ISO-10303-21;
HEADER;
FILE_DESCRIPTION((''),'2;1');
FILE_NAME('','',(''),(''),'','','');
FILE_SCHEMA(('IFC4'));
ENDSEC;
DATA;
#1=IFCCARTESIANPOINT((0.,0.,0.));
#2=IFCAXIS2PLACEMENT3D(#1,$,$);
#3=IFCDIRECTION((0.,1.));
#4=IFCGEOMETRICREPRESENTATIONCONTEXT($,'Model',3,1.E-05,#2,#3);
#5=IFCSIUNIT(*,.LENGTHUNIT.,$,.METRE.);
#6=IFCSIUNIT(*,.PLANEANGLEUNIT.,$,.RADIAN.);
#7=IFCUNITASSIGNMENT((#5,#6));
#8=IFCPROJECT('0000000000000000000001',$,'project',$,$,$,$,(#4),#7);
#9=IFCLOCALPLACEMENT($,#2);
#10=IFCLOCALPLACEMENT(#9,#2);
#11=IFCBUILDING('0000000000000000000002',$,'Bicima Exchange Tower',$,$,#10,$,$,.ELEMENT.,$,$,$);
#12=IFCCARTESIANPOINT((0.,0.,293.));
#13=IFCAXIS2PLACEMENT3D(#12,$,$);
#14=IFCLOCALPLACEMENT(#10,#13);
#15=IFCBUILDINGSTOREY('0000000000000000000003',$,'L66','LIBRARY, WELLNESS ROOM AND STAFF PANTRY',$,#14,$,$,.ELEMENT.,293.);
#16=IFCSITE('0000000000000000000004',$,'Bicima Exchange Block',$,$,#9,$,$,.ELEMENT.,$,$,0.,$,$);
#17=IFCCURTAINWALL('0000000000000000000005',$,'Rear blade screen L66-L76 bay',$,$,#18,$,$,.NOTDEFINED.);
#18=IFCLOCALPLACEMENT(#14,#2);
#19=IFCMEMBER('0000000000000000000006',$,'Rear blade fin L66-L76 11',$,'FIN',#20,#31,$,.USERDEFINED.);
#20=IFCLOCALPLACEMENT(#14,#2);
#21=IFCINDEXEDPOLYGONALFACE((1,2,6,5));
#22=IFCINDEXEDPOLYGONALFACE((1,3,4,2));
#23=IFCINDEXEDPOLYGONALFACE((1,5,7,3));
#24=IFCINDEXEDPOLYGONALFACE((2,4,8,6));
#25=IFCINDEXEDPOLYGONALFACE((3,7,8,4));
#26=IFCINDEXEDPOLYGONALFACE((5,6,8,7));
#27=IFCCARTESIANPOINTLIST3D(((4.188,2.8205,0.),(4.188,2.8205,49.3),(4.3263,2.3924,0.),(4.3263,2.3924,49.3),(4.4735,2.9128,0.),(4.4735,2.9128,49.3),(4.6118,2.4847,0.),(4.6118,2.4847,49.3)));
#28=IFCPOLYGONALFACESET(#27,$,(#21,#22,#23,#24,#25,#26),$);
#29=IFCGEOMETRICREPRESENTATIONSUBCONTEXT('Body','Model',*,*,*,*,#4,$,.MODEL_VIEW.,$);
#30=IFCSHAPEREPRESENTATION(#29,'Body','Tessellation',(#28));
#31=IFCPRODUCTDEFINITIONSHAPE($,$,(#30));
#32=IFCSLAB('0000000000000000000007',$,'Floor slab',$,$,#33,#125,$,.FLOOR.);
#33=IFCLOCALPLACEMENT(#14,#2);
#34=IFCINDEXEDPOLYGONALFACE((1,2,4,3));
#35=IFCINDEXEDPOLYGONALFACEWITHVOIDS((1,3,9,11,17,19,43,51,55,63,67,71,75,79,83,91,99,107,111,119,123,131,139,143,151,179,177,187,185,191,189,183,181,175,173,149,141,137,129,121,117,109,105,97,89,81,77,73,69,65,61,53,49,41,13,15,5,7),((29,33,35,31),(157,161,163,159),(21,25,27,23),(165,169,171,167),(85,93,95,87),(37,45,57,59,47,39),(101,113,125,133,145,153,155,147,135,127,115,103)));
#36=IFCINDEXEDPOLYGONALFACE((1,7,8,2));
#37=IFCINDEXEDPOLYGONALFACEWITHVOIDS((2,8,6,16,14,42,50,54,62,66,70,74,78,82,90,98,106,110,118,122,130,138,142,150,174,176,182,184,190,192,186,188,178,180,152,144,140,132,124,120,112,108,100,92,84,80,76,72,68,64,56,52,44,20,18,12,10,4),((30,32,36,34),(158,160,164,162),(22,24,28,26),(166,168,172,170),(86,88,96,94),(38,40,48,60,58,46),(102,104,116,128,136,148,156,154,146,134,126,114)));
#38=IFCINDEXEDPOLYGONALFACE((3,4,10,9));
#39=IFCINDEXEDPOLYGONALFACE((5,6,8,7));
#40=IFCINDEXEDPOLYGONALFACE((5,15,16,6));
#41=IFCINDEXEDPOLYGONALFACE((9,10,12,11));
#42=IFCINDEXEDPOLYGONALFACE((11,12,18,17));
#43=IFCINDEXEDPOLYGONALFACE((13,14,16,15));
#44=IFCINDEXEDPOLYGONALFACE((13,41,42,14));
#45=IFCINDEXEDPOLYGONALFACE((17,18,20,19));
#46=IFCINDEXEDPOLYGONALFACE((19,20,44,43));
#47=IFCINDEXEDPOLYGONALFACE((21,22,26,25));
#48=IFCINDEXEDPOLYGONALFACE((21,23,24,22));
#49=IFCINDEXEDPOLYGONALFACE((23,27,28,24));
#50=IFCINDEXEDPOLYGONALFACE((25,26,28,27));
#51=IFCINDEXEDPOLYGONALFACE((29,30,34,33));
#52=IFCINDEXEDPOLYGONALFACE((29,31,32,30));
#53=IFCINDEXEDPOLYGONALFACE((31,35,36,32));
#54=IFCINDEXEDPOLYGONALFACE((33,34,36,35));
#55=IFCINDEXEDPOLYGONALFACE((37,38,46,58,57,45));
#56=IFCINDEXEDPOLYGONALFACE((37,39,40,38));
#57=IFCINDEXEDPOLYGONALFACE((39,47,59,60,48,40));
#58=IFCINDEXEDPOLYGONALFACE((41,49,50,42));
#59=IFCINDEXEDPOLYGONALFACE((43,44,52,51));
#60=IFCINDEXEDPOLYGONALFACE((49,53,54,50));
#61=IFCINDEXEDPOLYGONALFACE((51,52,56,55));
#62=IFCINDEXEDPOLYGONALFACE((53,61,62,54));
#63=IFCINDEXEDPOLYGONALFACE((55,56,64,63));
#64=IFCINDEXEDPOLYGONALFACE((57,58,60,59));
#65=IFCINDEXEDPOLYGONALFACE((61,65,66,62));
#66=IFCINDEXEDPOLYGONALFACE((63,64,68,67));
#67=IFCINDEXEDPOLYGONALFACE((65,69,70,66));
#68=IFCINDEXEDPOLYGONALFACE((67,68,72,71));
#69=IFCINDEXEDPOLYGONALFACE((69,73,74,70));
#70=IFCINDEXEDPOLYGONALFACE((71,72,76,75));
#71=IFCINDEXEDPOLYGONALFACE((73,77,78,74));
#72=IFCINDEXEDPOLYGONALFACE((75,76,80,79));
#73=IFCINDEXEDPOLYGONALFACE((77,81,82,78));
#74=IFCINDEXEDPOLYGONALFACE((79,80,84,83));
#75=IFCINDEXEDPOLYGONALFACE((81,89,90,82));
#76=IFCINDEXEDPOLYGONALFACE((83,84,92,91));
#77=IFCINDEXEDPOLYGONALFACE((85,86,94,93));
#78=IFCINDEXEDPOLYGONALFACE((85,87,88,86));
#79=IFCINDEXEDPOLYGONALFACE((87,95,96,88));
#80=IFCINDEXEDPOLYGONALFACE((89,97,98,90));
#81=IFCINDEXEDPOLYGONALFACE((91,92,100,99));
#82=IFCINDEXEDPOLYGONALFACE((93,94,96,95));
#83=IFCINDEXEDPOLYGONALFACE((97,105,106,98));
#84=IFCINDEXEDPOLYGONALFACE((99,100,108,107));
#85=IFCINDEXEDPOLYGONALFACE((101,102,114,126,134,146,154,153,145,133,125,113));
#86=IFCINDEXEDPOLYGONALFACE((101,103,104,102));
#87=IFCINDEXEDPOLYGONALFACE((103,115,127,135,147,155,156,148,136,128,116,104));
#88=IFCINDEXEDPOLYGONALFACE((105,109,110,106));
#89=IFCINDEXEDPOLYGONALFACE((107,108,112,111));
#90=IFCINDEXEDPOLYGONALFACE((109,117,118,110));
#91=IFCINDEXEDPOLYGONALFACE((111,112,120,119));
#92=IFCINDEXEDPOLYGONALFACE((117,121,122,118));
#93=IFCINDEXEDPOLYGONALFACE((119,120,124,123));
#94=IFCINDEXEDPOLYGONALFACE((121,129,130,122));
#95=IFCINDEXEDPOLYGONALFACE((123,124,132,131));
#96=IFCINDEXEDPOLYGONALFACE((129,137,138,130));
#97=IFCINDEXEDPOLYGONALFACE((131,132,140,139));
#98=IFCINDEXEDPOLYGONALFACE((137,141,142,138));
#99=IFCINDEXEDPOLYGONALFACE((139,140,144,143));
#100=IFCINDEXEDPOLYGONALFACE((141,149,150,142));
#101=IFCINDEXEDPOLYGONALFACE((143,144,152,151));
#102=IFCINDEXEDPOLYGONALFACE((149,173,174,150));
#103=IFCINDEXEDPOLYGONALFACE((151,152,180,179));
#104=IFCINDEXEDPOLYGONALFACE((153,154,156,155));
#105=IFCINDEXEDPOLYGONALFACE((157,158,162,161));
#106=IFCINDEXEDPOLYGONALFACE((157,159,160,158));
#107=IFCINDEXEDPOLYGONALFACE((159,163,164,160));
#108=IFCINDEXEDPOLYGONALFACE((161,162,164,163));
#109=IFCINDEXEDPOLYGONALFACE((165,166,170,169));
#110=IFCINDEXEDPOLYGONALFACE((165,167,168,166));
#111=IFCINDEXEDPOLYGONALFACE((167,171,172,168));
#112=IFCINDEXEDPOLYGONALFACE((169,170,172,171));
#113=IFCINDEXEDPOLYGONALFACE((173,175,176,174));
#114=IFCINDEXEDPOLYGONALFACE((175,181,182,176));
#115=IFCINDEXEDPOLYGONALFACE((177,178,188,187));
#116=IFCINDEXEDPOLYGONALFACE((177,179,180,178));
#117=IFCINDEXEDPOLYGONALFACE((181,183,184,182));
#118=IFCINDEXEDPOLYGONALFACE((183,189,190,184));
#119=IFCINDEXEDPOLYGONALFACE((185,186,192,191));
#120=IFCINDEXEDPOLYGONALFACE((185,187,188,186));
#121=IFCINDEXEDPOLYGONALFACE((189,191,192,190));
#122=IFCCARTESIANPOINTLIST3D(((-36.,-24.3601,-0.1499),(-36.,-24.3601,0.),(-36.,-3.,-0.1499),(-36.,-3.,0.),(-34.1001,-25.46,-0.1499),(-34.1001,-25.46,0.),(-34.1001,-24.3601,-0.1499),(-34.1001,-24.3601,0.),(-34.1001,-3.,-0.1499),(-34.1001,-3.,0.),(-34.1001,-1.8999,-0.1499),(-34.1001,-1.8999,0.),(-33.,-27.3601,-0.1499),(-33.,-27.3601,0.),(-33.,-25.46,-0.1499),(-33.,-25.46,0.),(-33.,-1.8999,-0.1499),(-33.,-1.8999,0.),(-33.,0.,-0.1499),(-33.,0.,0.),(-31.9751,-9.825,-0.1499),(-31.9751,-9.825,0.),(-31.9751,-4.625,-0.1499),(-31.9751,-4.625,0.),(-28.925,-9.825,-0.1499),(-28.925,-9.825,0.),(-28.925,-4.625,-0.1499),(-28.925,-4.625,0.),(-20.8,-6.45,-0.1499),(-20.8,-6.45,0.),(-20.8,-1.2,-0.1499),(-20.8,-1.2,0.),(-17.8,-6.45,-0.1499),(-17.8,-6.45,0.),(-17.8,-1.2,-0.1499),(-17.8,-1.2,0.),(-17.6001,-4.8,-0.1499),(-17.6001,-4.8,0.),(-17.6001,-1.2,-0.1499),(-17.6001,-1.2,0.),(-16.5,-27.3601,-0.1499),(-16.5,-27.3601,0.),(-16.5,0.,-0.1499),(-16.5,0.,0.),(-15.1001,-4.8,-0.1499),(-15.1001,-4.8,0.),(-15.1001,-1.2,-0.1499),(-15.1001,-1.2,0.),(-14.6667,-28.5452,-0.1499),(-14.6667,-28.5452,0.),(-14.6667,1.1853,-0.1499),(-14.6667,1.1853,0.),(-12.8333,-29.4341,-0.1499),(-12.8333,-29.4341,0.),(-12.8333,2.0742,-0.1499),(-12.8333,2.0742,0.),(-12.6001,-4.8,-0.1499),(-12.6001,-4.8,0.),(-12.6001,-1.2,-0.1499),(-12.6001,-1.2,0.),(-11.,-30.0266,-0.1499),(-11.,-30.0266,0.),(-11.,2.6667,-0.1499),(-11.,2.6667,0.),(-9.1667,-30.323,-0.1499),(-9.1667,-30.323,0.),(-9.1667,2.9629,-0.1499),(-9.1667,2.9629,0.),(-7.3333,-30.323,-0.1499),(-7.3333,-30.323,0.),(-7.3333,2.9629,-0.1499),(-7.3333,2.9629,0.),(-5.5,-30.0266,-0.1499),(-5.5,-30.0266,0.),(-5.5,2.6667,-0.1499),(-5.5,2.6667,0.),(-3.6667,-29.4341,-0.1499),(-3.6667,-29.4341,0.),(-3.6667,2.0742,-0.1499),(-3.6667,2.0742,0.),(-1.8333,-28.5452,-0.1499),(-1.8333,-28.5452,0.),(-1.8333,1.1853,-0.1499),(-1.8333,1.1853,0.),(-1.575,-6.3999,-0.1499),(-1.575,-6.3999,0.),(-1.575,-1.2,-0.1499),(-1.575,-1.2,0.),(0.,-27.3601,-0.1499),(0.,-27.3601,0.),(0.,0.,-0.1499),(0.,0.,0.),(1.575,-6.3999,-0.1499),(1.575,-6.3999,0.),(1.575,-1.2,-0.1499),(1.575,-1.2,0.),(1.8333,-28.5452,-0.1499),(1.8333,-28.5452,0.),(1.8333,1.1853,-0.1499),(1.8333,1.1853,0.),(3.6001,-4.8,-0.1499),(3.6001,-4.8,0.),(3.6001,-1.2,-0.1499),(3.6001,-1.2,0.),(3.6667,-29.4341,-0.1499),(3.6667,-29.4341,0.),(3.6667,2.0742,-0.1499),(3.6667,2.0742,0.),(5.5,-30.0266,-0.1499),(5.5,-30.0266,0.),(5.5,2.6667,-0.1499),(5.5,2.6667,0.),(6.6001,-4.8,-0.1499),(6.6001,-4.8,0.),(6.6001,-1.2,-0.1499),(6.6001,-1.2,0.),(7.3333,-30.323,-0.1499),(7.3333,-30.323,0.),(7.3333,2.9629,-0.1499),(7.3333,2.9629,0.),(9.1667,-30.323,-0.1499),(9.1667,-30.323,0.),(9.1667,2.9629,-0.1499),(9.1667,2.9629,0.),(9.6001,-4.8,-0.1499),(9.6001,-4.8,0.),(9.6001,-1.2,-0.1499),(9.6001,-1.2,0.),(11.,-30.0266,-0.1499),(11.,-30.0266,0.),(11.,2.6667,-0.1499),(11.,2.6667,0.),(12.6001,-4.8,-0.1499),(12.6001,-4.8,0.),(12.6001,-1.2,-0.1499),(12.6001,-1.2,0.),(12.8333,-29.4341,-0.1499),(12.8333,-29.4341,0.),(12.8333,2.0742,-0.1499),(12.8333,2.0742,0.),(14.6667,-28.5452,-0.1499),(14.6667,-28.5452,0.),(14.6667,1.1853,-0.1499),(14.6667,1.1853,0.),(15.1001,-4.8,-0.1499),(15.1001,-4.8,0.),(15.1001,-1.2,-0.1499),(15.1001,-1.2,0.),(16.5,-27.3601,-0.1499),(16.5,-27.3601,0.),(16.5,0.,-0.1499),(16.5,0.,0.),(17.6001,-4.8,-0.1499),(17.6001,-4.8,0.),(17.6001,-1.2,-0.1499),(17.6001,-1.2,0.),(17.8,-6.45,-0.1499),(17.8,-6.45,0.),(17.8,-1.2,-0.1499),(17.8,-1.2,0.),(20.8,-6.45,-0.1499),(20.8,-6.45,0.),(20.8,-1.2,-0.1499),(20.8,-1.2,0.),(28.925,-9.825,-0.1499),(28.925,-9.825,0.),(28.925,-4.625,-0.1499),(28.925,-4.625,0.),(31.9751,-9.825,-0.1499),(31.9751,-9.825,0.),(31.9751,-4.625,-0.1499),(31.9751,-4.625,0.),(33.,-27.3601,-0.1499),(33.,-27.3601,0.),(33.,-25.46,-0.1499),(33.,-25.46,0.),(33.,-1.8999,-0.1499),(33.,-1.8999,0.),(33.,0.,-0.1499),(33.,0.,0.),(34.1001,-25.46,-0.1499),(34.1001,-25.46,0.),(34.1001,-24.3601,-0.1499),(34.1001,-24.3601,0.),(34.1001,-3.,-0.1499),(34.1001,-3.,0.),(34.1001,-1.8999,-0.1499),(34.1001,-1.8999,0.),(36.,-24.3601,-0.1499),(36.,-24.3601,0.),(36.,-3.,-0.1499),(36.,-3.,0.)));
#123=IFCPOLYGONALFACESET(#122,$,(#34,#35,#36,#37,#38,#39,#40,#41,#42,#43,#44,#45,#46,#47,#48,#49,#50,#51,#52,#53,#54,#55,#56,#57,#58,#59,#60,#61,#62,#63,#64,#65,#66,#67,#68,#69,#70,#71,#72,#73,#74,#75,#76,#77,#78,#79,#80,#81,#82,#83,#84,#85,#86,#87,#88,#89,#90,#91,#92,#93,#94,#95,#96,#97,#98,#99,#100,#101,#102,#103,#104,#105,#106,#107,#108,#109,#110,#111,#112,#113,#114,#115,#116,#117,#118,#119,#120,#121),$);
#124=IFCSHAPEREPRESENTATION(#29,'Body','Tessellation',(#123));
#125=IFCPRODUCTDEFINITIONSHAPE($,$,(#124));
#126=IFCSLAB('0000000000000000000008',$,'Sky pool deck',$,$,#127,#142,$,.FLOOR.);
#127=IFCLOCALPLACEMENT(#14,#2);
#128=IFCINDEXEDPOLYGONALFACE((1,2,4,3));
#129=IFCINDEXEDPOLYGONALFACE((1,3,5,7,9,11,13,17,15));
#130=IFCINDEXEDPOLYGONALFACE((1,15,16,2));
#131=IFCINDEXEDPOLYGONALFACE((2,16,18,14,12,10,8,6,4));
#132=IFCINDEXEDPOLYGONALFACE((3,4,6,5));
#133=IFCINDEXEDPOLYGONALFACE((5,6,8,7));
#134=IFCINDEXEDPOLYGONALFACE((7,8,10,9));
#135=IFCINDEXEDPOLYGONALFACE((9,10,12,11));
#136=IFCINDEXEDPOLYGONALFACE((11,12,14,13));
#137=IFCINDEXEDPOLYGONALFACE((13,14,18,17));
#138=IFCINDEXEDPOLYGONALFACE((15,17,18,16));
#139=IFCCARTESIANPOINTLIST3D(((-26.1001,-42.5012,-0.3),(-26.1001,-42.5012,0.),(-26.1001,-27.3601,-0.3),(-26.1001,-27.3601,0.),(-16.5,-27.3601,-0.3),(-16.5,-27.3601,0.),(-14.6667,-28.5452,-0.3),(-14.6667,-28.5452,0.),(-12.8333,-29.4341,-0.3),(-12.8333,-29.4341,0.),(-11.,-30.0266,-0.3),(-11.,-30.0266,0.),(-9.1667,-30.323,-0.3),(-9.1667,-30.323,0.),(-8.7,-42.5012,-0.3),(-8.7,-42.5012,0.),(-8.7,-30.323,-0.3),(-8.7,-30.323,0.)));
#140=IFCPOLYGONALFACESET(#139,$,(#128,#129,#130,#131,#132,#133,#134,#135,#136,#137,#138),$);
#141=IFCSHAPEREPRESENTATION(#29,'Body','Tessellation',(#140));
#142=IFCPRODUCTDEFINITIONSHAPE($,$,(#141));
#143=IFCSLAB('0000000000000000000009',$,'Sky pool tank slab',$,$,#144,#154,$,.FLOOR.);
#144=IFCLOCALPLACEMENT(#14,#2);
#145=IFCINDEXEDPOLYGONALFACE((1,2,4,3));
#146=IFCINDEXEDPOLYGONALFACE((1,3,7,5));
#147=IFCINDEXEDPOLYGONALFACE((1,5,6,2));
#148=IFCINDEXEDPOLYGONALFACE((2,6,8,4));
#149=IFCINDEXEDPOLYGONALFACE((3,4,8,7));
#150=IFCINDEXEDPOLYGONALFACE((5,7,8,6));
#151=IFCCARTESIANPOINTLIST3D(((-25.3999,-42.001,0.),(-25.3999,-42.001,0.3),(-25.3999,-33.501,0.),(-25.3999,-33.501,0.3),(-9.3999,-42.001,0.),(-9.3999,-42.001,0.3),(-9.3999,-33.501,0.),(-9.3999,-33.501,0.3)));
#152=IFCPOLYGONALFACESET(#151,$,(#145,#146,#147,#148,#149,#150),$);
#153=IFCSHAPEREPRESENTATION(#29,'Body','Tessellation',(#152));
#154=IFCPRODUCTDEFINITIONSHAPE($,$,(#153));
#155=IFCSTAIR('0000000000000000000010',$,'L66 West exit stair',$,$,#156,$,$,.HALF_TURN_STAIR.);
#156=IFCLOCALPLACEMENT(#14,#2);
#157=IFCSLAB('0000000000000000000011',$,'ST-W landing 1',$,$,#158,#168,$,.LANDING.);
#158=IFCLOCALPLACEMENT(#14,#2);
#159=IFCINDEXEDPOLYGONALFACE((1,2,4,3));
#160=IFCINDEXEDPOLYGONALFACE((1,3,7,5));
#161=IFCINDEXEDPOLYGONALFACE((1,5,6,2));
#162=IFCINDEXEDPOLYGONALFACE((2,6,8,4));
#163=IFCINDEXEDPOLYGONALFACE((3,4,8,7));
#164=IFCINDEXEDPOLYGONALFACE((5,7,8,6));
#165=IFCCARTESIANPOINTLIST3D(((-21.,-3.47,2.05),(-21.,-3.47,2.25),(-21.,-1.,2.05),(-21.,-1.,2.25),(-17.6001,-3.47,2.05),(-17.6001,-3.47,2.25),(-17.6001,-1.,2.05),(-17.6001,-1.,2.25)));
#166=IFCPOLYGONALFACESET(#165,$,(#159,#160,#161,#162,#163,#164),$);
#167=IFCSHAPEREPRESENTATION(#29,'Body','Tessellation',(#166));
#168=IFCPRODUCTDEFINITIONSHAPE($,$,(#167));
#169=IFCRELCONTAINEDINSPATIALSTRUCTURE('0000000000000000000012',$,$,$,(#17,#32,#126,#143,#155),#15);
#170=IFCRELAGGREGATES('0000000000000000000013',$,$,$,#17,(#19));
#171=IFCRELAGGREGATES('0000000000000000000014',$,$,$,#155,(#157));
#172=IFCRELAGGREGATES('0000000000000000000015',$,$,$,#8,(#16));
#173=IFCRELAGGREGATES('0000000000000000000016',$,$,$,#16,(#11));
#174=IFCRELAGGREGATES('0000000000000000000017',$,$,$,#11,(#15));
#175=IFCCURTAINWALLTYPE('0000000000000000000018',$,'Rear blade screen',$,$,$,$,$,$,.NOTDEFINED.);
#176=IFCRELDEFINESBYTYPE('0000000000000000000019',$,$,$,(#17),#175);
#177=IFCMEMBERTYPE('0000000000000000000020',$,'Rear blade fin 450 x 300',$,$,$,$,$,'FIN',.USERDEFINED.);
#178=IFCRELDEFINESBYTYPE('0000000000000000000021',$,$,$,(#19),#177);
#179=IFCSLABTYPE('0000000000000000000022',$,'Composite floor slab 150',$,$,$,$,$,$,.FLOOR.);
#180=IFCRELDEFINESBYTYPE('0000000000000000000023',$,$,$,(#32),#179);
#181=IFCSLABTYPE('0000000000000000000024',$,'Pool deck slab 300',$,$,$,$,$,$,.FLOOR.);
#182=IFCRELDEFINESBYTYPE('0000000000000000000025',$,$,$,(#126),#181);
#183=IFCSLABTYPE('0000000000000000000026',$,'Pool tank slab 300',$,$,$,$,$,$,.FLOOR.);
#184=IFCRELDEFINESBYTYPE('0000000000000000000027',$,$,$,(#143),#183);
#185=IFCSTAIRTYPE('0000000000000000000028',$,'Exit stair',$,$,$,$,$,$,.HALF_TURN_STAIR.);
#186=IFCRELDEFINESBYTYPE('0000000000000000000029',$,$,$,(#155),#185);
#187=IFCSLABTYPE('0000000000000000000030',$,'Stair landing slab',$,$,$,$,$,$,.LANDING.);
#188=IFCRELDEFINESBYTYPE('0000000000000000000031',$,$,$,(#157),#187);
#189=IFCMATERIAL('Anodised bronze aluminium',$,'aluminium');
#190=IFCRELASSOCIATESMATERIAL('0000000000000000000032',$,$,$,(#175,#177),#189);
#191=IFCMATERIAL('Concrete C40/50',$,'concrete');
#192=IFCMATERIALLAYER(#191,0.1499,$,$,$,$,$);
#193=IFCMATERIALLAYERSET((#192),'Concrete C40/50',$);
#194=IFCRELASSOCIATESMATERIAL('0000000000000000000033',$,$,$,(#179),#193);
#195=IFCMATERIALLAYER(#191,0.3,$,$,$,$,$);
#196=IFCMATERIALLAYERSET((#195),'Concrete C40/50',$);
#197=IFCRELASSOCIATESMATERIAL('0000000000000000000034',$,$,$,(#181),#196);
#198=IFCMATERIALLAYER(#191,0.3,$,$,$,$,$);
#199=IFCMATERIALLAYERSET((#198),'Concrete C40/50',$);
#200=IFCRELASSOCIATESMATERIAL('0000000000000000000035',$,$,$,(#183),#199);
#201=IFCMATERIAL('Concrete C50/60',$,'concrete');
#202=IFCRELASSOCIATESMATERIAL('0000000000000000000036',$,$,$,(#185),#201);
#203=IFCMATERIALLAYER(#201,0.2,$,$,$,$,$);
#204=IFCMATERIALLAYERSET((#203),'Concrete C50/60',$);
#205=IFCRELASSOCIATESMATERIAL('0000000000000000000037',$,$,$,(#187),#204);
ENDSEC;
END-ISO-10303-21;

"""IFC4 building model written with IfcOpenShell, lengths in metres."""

from ifc_helpers import new_model, si_unit, direction, frame, origin, origin_2d, place, context, subcontext, project, spatial, polyline, rectangle, outline, extrude, material, layer, layer_set, material_profile, profile_set, type_object, element, aggregate, save


model = new_model("IFC4")

# Units and contexts
model_context = context("Model", 3, precision=1e-05, world=origin(), true_north=direction((0.0, 1.0)))
body_context = subcontext(model_context, "Body", "Model", "MODEL_VIEW")
ifc_project = project(units=[si_unit("LENGTHUNIT", "METRE"), si_unit("PLANEANGLEUNIT", "RADIAN")], contexts=[model_context])

# Site, building, storey
site_placement = place(None, origin())
site = spatial("IfcSite", under=ifc_project, at=site_placement, Name="Bicima Exchange Block", CompositionType="ELEMENT", RefElevation=0.0)
building_placement = place(site_placement, origin())
building = spatial("IfcBuilding", under=site, at=building_placement, Name="Bicima Exchange Tower", CompositionType="ELEMENT")
storey_placement = place(building_placement, frame((0.0, 0.0, 293.0)))
storey = spatial("IfcBuildingStorey", under=building, at=storey_placement, Name="L66", Description="LIBRARY, WELLNESS ROOM AND STAFF PANTRY", CompositionType="ELEMENT", Elevation=293.0)

# Curtain wall, member
ifc_material_1 = material(Name="Anodised bronze aluminium", Category="aluminium")
curtain_wall_type = type_object("IfcCurtainWallType", Name="Rear blade screen", PredefinedType="NOTDEFINED", material=ifc_material_1)
curtain_wall_placement = place(storey_placement, origin())
curtain_wall = element("IfcCurtainWall", 1, at=curtain_wall_placement, inside=storey, type_object=curtain_wall_type, Name="Rear blade screen L66-L76 bay", PredefinedType="NOTDEFINED")
ifc_material_profile = material_profile(ifc_material_1, rectangle(XDim=0.45, YDim=0.3, at=origin_2d()))
ifc_profile_set = profile_set([ifc_material_profile], Name="Anodised bronze aluminium")
member_type = type_object("IfcMemberType", Name="Rear blade fin 450 x 300", ElementType="FIN", PredefinedType="USERDEFINED", material=ifc_profile_set)
member_placement = place(storey_placement, frame((4.3999, 2.6526, 0.0), z_axis=(0.0, 0.0, 1.0), x_axis=(-0.307568, 0.951526, 0.0)))
member = element("IfcMember", 2, at=member_placement, type_object=member_type, Name="Rear blade fin L66-L76 11", ObjectType="FIN", PredefinedType="USERDEFINED", context=body_context, shape_type="SweptSolid", body=[
    extrude(rectangle(XDim=0.45, YDim=0.3, at=origin_2d()), origin(), (0.0, 0.0, 1.0), 49.3),
])
aggregate(curtain_wall, [member])

# Slabs
ifc_material_2 = material(Name="Concrete C40/50", Category="concrete")
ifc_layer_1 = layer(ifc_material_2, 0.1499)
ifc_layer_set_1 = layer_set([ifc_layer_1], Name="Concrete C40/50")
slab_type_1 = type_object("IfcSlabType", Name="Composite floor slab 150", PredefinedType="FLOOR", material=ifc_layer_set_1)
slab_1_placement = place(storey_placement, frame((0.0, 0.0, -0.1499)))
element("IfcSlab", 3, at=slab_1_placement, inside=storey, type_object=slab_type_1, Name="Floor slab", PredefinedType="FLOOR", context=body_context, shape_type="SweptSolid", body=[
    extrude(outline(polyline([(-36.0, -24.3601), (-36.0, -3.0), (-34.1001, -3.0), (-34.1001, -1.8999), (-33.0, -1.8999), (-33.0, 0.0), (-16.5, 0.0), (-14.6667, 1.1853), (-12.8333, 2.0742), (-11.0, 2.6667), (-9.1667, 2.9629), (-7.3333, 2.9629), (-5.5, 2.6667), (-3.6667, 2.0742), (-1.8333, 1.1853), (0.0, 0.0), (1.8333, 1.1853), (3.6667, 2.0742), (5.5, 2.6667), (7.3333, 2.9629), (9.1667, 2.9629), (11.0, 2.6667), (12.8333, 2.0742), (14.6667, 1.1853), (16.5, 0.0), (33.0, 0.0), (33.0, -1.8999), (34.1001, -1.8999), (34.1001, -3.0), (36.0, -3.0), (36.0, -24.3601), (34.1001, -24.3601), (34.1001, -25.46), (33.0, -25.46), (33.0, -27.3601), (16.5, -27.3601), (14.6667, -28.5452), (12.8333, -29.4341), (11.0, -30.0266), (9.1667, -30.323), (7.3333, -30.323), (5.5, -30.0266), (3.6667, -29.4341), (1.8333, -28.5452), (0.0, -27.3601), (-1.8333, -28.5452), (-3.6667, -29.4341), (-5.5, -30.0266), (-7.3333, -30.323), (-9.1667, -30.323), (-11.0, -30.0266), (-12.8333, -29.4341), (-14.6667, -28.5452), (-16.5, -27.3601), (-33.0, -27.3601), (-33.0, -25.46), (-34.1001, -25.46), (-34.1001, -24.3601), (-36.0, -24.3601)]), holes=[polyline([(-28.925, -9.825), (-28.925, -4.625), (-31.9751, -4.625), (-31.9751, -9.825), (-28.925, -9.825)]), polyline([(-20.8, -6.45), (-17.8, -6.45), (-17.8, -1.2), (-20.8, -1.2), (-20.8, -6.45)]), polyline([(-1.575, -6.3999), (1.575, -6.3999), (1.575, -1.2), (-1.575, -1.2), (-1.575, -6.3999)]), polyline([(-12.6001, -1.2), (-15.1001, -1.2), (-17.6001, -1.2), (-17.6001, -4.8), (-15.1001, -4.8), (-12.6001, -4.8), (-12.6001, -1.2)]), polyline([(3.6001, -4.8), (6.6001, -4.8), (9.6001, -4.8), (12.6001, -4.8), (15.1001, -4.8), (17.6001, -4.8), (17.6001, -1.2), (15.1001, -1.2), (12.6001, -1.2), (9.6001, -1.2), (6.6001, -1.2), (3.6001, -1.2), (3.6001, -4.8)]), polyline([(31.9751, -9.825), (31.9751, -4.625), (28.925, -4.625), (28.925, -9.825), (31.9751, -9.825)]), polyline([(17.8, -6.45), (20.8, -6.45), (20.8, -1.2), (17.8, -1.2), (17.8, -6.45)])]), origin(), (0.0, 0.0, 1.0), 0.1499),
])
ifc_layer_2 = layer(ifc_material_2, 0.3)
ifc_layer_set_2 = layer_set([ifc_layer_2], Name="Concrete C40/50")
slab_type_2 = type_object("IfcSlabType", Name="Pool deck slab 300", PredefinedType="FLOOR", material=ifc_layer_set_2)
slab_2_placement = place(storey_placement, frame((0.0, 0.0, -0.3)))
element("IfcSlab", 4, at=slab_2_placement, inside=storey, type_object=slab_type_2, Name="Sky pool deck", PredefinedType="FLOOR", context=body_context, shape_type="SweptSolid", body=[
    extrude(outline(polyline([(-8.7, -42.5012), (-26.1001, -42.5012), (-26.1001, -27.3601), (-16.5, -27.3601), (-14.6667, -28.5452), (-12.8333, -29.4341), (-11.0, -30.0266), (-9.1667, -30.323), (-8.7, -30.323), (-8.7, -42.5012)])), origin(), (0.0, 0.0, 1.0), 0.3),
])
ifc_layer_3 = layer(ifc_material_2, 0.3)
ifc_layer_set_3 = layer_set([ifc_layer_3], Name="Concrete C40/50")
slab_type_3 = type_object("IfcSlabType", Name="Pool tank slab 300", PredefinedType="FLOOR", material=ifc_layer_set_3)
slab_3_placement = place(storey_placement, origin())
element("IfcSlab", 5, at=slab_3_placement, inside=storey, type_object=slab_type_3, Name="Sky pool tank slab", PredefinedType="FLOOR", context=body_context, shape_type="SweptSolid", body=[
    extrude(outline(polyline([(-25.3999, -42.001), (-9.3999, -42.001), (-9.3999, -33.501), (-25.3999, -33.501), (-25.3999, -42.001)])), origin(), (0.0, 0.0, 1.0), 0.3),
])

# Stair, slab
ifc_material_3 = material(Name="Concrete C50/60", Category="concrete")
stair_type_1 = type_object("IfcStairType", Name="Exit stair", PredefinedType="HALF_TURN_STAIR", material=ifc_material_3)
stair_1_placement = place(storey_placement, origin())
stair_1 = element("IfcStair", 6, at=stair_1_placement, inside=storey, type_object=stair_type_1, Name="L66 West exit stair", PredefinedType="HALF_TURN_STAIR")
ifc_layer_4 = layer(ifc_material_3, 0.2)
ifc_layer_set_4 = layer_set([ifc_layer_4], Name="Concrete C50/60")
slab_type_4 = type_object("IfcSlabType", Name="Stair landing slab", PredefinedType="LANDING", material=ifc_layer_set_4)
slab_4_placement = place(storey_placement, frame((0.0, 0.0, 2.05)))
slab_4 = element("IfcSlab", 7, at=slab_4_placement, type_object=slab_type_4, Name="ST-W landing 1", PredefinedType="LANDING", context=body_context, shape_type="SweptSolid", body=[
    extrude(outline(polyline([(-17.6001, -3.47), (-17.6001, -1.0), (-21.0, -1.0), (-21.0, -3.47), (-17.6001, -3.47)])), origin(), (0.0, 0.0, 1.0), 0.2),
])
aggregate(stair_1, [slab_4])

save(model, "model.ifc")
